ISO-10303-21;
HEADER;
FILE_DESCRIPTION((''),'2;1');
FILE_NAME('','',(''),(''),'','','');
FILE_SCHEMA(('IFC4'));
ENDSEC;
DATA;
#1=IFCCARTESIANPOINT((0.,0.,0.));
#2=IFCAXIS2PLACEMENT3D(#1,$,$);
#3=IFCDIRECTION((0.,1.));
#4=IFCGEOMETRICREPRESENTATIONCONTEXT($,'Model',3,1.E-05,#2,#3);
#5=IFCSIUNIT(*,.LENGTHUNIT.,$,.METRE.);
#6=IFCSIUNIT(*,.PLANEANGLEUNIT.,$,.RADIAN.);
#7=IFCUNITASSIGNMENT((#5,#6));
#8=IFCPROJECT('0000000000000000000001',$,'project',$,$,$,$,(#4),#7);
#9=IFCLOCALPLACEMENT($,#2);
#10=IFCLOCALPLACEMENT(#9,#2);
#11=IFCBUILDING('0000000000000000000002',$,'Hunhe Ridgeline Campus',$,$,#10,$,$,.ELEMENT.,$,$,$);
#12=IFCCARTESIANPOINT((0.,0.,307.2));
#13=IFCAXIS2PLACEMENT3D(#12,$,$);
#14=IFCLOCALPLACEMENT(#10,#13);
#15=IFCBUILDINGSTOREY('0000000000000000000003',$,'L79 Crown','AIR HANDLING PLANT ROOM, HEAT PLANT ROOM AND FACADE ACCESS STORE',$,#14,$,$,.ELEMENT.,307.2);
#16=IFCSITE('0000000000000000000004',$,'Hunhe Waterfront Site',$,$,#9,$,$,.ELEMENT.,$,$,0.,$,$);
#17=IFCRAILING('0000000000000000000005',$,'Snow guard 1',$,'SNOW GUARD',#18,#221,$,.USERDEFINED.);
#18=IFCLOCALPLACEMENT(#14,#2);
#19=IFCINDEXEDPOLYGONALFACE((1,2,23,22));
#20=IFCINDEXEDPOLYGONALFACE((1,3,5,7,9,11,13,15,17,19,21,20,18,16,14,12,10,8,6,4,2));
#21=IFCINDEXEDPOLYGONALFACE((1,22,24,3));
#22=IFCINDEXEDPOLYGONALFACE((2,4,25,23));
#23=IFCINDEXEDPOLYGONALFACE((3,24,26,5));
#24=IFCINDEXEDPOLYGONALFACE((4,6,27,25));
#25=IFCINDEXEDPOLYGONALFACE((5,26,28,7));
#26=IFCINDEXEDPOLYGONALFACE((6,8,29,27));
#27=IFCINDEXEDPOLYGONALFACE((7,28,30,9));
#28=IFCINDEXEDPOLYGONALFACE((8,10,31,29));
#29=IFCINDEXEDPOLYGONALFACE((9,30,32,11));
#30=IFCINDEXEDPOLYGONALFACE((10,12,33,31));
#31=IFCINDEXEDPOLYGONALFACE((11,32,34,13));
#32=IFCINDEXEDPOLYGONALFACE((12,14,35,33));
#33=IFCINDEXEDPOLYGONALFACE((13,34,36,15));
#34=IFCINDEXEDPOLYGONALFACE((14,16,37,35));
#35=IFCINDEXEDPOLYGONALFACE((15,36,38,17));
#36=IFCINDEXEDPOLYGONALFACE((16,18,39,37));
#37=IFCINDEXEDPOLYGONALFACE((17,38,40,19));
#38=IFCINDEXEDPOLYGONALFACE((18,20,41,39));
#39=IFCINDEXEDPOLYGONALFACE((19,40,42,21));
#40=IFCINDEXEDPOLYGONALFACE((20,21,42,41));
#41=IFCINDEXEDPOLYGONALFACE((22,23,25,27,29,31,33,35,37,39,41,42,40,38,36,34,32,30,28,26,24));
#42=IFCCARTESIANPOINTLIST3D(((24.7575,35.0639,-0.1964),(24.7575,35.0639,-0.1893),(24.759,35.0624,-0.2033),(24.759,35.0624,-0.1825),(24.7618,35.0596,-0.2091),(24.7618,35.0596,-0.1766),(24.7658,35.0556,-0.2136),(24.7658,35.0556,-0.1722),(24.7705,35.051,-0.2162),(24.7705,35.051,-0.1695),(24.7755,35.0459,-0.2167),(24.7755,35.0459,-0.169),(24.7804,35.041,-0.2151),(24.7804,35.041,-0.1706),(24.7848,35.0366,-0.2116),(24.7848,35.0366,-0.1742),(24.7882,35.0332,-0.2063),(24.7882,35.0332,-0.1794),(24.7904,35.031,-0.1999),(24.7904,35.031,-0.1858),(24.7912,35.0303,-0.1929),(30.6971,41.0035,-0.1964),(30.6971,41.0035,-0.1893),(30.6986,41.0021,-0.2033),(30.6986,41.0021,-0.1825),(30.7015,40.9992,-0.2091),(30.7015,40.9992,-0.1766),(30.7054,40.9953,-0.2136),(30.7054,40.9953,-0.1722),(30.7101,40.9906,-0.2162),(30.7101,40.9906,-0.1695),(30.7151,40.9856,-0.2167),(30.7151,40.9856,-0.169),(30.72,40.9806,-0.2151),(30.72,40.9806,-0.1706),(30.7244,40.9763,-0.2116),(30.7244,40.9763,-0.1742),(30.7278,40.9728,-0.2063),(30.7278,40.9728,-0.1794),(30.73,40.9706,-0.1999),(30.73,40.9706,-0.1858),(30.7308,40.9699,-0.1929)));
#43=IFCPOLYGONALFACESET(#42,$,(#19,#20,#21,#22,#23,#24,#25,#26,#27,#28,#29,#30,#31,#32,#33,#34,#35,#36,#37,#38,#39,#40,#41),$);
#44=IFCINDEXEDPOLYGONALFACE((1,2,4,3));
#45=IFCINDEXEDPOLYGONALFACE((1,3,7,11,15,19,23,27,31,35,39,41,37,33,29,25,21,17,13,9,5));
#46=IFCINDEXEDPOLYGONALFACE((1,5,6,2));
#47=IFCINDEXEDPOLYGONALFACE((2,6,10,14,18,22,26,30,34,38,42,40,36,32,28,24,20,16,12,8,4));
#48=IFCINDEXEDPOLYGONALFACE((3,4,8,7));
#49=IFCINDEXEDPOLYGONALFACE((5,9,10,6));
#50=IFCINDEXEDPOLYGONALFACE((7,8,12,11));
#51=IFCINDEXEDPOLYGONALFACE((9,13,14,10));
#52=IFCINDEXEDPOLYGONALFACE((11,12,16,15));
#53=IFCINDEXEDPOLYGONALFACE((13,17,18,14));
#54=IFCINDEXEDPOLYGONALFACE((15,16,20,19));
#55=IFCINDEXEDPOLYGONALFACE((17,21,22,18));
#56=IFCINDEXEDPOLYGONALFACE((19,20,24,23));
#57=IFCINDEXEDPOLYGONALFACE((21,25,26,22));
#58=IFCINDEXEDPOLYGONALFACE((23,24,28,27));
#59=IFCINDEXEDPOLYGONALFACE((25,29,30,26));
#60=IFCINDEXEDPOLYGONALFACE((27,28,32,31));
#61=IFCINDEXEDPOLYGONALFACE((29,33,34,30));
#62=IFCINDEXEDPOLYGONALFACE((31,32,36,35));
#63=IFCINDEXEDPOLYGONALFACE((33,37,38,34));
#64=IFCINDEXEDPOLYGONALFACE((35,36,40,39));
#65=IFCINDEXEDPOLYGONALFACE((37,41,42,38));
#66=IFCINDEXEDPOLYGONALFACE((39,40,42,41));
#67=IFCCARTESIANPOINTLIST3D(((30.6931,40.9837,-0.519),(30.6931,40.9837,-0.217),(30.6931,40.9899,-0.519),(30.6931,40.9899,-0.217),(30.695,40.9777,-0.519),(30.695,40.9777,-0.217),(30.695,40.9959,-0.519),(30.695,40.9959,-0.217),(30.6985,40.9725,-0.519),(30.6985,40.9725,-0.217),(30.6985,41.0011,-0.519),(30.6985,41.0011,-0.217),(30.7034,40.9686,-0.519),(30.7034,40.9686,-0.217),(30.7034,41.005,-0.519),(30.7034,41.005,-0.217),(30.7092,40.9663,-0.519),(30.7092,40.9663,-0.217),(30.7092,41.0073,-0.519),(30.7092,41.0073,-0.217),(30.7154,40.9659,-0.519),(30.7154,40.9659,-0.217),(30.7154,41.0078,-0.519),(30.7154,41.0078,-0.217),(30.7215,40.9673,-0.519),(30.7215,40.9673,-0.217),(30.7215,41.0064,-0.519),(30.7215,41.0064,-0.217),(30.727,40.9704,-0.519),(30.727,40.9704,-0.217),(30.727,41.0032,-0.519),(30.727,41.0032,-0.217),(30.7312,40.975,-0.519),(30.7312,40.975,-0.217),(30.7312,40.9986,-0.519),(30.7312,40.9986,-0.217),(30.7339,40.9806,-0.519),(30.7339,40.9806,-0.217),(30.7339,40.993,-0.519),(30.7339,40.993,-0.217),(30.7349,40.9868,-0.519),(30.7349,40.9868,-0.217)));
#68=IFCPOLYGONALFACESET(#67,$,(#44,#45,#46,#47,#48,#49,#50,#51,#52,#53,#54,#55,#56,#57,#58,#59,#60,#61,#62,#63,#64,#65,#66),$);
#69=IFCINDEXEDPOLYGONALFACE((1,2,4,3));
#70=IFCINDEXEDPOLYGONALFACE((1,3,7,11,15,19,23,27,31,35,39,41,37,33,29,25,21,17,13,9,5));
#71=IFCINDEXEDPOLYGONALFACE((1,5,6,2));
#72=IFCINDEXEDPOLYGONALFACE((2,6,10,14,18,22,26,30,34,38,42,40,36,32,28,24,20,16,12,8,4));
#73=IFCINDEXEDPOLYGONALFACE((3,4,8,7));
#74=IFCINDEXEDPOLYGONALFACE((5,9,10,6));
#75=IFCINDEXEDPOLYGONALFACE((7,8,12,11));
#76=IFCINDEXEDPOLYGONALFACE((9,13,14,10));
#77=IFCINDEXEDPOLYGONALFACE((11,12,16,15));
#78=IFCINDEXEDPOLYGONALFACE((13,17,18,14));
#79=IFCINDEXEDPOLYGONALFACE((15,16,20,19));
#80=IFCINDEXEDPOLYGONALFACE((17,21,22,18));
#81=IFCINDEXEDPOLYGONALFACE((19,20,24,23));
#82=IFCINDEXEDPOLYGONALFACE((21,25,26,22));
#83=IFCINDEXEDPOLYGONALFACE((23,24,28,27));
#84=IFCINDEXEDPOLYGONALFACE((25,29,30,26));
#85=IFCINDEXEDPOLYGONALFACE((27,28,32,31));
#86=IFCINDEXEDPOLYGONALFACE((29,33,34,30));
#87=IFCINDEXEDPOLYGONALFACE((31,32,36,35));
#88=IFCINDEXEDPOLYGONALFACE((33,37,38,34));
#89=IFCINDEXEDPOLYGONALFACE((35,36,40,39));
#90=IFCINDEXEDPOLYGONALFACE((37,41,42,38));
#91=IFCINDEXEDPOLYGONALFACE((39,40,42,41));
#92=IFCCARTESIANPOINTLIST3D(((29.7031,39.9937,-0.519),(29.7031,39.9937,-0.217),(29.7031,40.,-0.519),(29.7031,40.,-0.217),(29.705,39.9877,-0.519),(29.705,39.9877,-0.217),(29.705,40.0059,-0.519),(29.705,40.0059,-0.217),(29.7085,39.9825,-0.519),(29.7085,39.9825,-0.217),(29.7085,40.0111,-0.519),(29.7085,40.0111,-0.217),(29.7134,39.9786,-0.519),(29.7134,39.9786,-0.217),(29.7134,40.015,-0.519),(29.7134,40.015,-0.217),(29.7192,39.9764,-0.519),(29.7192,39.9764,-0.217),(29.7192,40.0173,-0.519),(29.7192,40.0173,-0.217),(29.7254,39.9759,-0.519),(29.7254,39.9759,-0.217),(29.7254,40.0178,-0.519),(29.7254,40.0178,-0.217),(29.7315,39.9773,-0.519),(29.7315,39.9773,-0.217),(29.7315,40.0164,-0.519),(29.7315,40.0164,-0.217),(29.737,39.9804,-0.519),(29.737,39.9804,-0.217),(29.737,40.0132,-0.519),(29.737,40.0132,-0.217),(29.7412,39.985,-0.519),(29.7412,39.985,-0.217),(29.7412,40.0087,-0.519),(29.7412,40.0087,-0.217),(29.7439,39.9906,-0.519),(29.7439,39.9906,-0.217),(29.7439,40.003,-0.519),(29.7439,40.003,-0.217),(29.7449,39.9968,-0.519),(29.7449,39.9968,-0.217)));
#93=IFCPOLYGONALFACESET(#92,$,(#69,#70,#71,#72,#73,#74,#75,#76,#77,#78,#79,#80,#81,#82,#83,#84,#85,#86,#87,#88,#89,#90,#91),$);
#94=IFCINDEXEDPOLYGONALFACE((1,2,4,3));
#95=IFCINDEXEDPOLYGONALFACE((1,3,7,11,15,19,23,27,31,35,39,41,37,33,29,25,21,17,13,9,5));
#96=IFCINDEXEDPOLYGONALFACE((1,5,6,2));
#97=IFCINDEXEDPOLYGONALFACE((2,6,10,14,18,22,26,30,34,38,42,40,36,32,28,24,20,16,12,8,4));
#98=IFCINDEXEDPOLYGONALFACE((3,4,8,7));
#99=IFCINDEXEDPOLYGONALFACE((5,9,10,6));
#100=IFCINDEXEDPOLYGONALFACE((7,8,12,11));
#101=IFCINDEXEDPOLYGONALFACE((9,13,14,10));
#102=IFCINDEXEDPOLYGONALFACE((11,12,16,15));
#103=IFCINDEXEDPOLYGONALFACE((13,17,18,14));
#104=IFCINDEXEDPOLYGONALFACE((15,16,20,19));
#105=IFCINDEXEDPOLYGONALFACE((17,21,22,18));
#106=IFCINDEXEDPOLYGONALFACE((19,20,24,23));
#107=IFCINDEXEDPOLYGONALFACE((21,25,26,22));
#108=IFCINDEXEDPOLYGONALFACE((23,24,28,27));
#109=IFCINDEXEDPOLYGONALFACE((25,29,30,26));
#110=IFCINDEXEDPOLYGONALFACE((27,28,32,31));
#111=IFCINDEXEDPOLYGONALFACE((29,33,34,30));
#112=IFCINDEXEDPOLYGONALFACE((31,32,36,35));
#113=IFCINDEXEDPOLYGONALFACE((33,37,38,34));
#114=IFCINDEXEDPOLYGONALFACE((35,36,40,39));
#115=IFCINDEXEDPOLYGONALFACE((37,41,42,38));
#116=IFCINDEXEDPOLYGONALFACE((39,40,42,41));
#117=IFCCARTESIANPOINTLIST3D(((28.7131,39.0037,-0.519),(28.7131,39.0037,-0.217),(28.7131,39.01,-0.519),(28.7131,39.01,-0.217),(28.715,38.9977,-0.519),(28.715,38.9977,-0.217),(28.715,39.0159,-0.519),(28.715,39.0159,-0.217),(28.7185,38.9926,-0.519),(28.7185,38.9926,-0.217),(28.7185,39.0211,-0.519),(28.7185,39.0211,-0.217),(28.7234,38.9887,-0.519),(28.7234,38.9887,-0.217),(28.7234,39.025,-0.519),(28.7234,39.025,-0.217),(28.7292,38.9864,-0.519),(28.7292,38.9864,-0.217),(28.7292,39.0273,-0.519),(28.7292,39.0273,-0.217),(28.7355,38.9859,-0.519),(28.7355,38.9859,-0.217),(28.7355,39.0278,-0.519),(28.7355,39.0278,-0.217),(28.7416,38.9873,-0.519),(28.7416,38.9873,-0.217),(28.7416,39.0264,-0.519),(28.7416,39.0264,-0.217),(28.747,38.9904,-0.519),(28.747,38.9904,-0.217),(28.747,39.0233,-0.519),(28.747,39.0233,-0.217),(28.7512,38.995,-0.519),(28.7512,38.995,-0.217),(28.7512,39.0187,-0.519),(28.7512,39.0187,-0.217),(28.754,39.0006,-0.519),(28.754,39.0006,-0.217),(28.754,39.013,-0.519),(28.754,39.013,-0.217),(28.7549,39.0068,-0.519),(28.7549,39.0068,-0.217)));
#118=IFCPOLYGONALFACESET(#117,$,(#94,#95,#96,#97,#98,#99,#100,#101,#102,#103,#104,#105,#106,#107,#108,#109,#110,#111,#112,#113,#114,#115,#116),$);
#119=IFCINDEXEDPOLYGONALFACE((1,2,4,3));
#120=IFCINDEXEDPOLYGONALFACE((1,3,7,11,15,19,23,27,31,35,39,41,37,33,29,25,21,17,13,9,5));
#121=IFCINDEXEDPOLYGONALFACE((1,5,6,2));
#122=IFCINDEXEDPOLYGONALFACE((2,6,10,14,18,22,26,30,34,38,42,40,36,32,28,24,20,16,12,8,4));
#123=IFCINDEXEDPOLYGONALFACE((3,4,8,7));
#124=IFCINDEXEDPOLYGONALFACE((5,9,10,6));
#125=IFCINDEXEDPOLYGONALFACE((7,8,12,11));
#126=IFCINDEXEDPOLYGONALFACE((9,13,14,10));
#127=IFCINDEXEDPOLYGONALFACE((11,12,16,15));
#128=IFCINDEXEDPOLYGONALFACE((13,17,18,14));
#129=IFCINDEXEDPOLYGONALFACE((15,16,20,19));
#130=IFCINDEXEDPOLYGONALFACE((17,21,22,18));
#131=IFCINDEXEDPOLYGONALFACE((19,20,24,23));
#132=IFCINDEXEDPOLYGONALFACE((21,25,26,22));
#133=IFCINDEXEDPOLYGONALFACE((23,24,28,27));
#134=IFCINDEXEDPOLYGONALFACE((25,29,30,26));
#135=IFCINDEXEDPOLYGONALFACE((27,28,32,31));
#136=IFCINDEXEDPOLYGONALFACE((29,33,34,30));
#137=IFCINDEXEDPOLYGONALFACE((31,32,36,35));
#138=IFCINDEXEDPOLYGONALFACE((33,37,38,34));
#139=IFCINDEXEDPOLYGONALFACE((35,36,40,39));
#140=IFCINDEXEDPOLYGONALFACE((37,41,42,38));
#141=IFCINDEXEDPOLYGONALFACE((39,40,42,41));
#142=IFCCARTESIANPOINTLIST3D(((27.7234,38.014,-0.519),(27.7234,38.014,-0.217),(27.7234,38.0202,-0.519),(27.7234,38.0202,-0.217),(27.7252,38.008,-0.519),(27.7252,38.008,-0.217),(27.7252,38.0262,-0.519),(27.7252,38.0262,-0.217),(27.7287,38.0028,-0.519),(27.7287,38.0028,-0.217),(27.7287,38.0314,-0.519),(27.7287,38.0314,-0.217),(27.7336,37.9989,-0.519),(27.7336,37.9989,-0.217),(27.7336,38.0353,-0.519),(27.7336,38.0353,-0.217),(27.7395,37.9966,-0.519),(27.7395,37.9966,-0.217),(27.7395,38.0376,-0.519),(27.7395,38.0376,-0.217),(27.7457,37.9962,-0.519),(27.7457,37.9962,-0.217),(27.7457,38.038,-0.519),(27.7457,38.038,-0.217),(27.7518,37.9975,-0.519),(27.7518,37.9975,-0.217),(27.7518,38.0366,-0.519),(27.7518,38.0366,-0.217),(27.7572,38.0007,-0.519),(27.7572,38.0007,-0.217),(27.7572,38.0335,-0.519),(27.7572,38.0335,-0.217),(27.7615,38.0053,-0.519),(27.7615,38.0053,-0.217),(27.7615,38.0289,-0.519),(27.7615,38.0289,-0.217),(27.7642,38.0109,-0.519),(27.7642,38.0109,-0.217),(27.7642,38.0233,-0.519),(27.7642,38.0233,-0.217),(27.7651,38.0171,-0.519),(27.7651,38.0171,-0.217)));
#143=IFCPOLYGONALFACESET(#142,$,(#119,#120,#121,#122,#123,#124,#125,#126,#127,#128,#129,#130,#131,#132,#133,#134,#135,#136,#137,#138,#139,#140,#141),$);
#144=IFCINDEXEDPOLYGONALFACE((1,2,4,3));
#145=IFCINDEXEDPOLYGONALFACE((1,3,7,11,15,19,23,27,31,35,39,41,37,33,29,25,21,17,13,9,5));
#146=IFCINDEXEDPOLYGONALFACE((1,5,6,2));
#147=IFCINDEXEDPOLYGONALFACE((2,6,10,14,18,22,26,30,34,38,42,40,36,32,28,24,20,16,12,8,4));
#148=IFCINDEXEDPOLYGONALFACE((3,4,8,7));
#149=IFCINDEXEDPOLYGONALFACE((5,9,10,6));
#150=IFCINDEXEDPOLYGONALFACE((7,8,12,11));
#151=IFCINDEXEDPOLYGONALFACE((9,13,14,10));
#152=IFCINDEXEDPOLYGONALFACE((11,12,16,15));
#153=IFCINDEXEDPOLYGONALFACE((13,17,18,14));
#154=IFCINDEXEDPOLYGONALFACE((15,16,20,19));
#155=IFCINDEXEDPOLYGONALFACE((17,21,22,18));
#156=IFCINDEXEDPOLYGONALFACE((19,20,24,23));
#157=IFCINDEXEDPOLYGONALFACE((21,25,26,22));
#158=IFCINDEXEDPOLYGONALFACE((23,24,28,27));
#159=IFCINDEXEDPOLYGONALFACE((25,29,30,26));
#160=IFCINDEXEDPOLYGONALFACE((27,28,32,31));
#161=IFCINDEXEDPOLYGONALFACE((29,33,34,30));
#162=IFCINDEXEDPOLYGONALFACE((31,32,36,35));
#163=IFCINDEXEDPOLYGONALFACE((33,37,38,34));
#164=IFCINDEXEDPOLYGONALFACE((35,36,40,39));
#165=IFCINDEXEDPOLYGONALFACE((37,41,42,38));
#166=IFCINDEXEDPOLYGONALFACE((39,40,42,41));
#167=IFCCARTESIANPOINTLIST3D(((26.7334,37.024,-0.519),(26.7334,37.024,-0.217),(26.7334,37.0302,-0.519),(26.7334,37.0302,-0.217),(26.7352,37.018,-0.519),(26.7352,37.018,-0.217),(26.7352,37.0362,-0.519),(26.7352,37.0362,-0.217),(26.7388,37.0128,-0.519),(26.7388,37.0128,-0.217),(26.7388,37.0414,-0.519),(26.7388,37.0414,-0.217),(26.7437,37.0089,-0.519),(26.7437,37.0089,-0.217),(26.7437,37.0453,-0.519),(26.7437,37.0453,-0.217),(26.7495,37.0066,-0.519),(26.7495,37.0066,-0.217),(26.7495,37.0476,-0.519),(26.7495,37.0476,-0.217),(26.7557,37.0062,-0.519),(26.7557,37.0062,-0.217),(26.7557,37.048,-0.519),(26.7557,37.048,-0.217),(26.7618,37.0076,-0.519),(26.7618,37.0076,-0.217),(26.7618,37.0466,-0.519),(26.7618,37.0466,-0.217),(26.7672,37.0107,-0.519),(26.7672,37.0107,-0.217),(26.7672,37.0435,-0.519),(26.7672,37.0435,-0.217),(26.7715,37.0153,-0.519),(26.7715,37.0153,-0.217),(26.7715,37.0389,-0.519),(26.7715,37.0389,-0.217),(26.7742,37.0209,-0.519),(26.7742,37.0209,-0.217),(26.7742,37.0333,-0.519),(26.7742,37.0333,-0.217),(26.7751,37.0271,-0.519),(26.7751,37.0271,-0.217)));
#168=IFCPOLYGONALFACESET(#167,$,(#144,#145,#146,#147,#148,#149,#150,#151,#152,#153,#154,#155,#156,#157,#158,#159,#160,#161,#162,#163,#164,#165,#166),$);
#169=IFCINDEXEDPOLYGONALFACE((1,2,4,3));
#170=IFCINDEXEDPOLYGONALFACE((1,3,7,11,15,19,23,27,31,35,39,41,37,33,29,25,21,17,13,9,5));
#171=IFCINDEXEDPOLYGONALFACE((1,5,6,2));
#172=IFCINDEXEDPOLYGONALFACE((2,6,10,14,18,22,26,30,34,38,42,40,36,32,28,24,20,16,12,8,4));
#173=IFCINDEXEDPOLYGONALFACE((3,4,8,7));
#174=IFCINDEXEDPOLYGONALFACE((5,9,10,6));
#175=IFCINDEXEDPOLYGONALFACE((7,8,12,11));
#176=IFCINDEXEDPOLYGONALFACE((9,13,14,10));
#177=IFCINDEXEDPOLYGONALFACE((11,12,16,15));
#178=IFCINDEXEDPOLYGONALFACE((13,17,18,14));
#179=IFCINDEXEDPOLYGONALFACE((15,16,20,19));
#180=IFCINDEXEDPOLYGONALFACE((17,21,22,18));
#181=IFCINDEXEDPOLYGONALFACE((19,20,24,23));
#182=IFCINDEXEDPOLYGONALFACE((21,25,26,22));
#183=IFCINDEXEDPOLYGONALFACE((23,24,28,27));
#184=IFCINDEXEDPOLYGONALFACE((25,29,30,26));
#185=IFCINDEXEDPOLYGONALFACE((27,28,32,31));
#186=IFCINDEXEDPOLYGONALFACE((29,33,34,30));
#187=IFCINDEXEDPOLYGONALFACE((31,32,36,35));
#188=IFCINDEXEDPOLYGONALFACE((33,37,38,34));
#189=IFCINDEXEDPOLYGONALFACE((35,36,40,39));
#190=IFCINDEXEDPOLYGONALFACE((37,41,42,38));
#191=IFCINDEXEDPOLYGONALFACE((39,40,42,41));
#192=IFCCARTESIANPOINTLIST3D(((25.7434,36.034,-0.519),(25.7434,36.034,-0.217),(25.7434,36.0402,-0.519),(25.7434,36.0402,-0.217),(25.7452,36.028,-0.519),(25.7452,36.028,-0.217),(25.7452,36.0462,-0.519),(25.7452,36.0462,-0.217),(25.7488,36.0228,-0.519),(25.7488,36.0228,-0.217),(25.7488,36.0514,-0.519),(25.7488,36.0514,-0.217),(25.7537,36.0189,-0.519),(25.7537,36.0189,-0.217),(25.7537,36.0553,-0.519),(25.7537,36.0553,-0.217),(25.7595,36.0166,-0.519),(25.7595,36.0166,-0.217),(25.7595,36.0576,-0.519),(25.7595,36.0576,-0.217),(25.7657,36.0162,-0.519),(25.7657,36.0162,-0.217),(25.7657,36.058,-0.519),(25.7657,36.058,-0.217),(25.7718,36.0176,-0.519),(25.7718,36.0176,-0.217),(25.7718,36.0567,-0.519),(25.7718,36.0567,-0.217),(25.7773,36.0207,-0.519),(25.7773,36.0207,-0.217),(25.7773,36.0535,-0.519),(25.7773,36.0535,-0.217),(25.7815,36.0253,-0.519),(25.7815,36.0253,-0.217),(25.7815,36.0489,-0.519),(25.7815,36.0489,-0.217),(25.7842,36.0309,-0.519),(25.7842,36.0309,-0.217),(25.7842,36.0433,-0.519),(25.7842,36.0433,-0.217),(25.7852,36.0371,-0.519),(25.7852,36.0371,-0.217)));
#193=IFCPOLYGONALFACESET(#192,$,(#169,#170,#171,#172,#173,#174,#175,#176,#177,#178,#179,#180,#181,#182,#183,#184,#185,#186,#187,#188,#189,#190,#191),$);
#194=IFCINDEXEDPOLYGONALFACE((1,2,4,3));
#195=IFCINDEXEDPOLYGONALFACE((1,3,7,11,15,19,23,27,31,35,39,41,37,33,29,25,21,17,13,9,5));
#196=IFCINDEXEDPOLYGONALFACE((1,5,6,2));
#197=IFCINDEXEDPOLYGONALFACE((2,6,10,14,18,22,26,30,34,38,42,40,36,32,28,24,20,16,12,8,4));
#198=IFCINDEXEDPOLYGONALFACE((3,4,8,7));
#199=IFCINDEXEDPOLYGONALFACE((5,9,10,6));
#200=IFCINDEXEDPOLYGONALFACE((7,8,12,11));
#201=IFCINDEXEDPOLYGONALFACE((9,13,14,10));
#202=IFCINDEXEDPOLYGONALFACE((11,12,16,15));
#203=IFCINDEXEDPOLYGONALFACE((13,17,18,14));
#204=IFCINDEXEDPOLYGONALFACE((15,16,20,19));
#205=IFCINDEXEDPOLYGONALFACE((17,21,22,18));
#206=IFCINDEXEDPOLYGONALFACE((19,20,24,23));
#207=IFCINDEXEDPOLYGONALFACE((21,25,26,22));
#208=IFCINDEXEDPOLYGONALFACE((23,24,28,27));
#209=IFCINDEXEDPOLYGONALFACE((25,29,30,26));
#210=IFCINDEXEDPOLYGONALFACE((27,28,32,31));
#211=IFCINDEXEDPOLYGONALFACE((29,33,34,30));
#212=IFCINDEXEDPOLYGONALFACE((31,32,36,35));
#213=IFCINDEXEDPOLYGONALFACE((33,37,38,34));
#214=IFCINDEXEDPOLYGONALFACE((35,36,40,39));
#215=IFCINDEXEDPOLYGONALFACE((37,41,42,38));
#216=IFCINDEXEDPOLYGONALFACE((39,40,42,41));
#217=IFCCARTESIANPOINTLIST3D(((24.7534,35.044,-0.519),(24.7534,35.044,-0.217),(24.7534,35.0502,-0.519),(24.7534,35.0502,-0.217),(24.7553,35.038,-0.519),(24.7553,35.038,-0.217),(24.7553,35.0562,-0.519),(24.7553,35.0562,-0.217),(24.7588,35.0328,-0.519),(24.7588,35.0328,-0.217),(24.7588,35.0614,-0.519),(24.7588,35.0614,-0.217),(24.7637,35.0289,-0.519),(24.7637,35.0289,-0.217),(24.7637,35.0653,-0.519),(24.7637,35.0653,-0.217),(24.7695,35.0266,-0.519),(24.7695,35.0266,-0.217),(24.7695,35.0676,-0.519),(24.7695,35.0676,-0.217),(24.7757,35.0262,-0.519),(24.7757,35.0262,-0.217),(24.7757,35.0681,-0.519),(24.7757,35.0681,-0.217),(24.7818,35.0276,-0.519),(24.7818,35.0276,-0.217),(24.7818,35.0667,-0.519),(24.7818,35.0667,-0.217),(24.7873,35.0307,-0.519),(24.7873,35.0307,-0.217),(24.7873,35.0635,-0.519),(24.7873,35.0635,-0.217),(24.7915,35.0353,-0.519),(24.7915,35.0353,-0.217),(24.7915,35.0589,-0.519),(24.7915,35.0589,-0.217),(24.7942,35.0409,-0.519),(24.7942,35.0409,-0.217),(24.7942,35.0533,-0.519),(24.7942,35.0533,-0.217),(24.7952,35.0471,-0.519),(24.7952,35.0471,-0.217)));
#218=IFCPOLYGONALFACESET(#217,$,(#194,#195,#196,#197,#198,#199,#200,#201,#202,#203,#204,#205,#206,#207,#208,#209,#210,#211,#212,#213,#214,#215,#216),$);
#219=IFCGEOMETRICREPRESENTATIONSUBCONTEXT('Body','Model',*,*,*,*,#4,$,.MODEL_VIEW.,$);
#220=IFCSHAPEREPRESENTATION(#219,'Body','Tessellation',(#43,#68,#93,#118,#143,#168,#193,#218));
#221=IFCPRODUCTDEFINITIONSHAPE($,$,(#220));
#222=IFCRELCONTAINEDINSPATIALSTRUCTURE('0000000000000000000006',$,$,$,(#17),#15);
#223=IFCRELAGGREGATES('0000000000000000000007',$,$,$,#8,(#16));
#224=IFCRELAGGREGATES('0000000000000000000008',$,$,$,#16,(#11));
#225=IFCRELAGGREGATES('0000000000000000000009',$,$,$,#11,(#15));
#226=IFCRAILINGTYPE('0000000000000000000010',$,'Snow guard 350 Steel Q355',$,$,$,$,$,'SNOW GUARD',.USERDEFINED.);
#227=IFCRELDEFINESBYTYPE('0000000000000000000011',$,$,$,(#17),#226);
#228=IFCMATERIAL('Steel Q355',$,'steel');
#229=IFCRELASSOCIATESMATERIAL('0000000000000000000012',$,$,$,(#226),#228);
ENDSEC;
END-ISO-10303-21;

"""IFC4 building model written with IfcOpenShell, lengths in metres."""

from ifc_helpers import new_model, si_unit, direction, frame, origin, origin_2d, place, context, subcontext, project, spatial, circle, extrude, material, type_object, element, save


model = new_model("IFC4")

# Units and contexts
model_context = context("Model", 3, precision=1e-05, world=origin(), true_north=direction((0.0, 1.0)))
body_context = subcontext(model_context, "Body", "Model", "MODEL_VIEW")
ifc_project = project(units=[si_unit("LENGTHUNIT", "METRE"), si_unit("PLANEANGLEUNIT", "RADIAN")], contexts=[model_context])

# Site, building, storey
site_placement = place(None, origin())
site = spatial("IfcSite", under=ifc_project, at=site_placement, Name="Hunhe Waterfront Site", CompositionType="ELEMENT", RefElevation=0.0)
building_placement = place(site_placement, origin())
building = spatial("IfcBuilding", under=site, at=building_placement, Name="Hunhe Ridgeline Campus", CompositionType="ELEMENT")
storey_placement = place(building_placement, frame((0.0, 0.0, 307.2)))
storey = spatial("IfcBuildingStorey", under=building, at=storey_placement, Name="L79 Crown", Description="AIR HANDLING PLANT ROOM, HEAT PLANT ROOM AND FACADE ACCESS STORE", CompositionType="ELEMENT", Elevation=307.2)

# Railing
ifc_material_1 = material(Name="Steel Q355", Category="steel")
railing_type = type_object("IfcRailingType", Name="Snow guard 350 Steel Q355", ElementType="SNOW GUARD", PredefinedType="USERDEFINED", material=ifc_material_1)
railing_placement = place(storey_placement, frame((30.7139, 40.9868, -0.519)))
element("IfcRailing", 1, at=railing_placement, inside=storey, type_object=railing_type, Name="Snow guard 1", ObjectType="SNOW GUARD", PredefinedType="USERDEFINED", context=body_context, shape_type="SweptSolid", body=[
    extrude(circle(Radius=0.0239, at=origin_2d()), frame((0.0, 0.0, 0.3262), z_axis=(-0.707107, -0.707107, 0.0), x_axis=(0.707107, -0.707107, 0.0)), (0.0, 0.0, 1.0), 8.3999),
    extrude(circle(Radius=0.021, at=origin_2d()), origin(), (0.0, 0.0, 1.0), 0.302),
    extrude(circle(Radius=0.021, at=origin_2d()), frame((-0.99, -0.99, 0.0)), (0.0, 0.0, 1.0), 0.302),
    extrude(circle(Radius=0.021, at=origin_2d()), frame((-1.98, -1.98, 0.0)), (0.0, 0.0, 1.0), 0.302),
    extrude(circle(Radius=0.021, at=origin_2d()), frame((-2.9697, -2.9697, 0.0)), (0.0, 0.0, 1.0), 0.302),
    extrude(circle(Radius=0.021, at=origin_2d()), frame((-3.9597, -3.9597, 0.0)), (0.0, 0.0, 1.0), 0.302),
    extrude(circle(Radius=0.021, at=origin_2d()), frame((-4.9497, -4.9497, 0.0)), (0.0, 0.0, 1.0), 0.302),
    extrude(circle(Radius=0.021, at=origin_2d()), frame((-5.9397, -5.9397, 0.0)), (0.0, 0.0, 1.0), 0.302),
])

save(model, "model.ifc")
